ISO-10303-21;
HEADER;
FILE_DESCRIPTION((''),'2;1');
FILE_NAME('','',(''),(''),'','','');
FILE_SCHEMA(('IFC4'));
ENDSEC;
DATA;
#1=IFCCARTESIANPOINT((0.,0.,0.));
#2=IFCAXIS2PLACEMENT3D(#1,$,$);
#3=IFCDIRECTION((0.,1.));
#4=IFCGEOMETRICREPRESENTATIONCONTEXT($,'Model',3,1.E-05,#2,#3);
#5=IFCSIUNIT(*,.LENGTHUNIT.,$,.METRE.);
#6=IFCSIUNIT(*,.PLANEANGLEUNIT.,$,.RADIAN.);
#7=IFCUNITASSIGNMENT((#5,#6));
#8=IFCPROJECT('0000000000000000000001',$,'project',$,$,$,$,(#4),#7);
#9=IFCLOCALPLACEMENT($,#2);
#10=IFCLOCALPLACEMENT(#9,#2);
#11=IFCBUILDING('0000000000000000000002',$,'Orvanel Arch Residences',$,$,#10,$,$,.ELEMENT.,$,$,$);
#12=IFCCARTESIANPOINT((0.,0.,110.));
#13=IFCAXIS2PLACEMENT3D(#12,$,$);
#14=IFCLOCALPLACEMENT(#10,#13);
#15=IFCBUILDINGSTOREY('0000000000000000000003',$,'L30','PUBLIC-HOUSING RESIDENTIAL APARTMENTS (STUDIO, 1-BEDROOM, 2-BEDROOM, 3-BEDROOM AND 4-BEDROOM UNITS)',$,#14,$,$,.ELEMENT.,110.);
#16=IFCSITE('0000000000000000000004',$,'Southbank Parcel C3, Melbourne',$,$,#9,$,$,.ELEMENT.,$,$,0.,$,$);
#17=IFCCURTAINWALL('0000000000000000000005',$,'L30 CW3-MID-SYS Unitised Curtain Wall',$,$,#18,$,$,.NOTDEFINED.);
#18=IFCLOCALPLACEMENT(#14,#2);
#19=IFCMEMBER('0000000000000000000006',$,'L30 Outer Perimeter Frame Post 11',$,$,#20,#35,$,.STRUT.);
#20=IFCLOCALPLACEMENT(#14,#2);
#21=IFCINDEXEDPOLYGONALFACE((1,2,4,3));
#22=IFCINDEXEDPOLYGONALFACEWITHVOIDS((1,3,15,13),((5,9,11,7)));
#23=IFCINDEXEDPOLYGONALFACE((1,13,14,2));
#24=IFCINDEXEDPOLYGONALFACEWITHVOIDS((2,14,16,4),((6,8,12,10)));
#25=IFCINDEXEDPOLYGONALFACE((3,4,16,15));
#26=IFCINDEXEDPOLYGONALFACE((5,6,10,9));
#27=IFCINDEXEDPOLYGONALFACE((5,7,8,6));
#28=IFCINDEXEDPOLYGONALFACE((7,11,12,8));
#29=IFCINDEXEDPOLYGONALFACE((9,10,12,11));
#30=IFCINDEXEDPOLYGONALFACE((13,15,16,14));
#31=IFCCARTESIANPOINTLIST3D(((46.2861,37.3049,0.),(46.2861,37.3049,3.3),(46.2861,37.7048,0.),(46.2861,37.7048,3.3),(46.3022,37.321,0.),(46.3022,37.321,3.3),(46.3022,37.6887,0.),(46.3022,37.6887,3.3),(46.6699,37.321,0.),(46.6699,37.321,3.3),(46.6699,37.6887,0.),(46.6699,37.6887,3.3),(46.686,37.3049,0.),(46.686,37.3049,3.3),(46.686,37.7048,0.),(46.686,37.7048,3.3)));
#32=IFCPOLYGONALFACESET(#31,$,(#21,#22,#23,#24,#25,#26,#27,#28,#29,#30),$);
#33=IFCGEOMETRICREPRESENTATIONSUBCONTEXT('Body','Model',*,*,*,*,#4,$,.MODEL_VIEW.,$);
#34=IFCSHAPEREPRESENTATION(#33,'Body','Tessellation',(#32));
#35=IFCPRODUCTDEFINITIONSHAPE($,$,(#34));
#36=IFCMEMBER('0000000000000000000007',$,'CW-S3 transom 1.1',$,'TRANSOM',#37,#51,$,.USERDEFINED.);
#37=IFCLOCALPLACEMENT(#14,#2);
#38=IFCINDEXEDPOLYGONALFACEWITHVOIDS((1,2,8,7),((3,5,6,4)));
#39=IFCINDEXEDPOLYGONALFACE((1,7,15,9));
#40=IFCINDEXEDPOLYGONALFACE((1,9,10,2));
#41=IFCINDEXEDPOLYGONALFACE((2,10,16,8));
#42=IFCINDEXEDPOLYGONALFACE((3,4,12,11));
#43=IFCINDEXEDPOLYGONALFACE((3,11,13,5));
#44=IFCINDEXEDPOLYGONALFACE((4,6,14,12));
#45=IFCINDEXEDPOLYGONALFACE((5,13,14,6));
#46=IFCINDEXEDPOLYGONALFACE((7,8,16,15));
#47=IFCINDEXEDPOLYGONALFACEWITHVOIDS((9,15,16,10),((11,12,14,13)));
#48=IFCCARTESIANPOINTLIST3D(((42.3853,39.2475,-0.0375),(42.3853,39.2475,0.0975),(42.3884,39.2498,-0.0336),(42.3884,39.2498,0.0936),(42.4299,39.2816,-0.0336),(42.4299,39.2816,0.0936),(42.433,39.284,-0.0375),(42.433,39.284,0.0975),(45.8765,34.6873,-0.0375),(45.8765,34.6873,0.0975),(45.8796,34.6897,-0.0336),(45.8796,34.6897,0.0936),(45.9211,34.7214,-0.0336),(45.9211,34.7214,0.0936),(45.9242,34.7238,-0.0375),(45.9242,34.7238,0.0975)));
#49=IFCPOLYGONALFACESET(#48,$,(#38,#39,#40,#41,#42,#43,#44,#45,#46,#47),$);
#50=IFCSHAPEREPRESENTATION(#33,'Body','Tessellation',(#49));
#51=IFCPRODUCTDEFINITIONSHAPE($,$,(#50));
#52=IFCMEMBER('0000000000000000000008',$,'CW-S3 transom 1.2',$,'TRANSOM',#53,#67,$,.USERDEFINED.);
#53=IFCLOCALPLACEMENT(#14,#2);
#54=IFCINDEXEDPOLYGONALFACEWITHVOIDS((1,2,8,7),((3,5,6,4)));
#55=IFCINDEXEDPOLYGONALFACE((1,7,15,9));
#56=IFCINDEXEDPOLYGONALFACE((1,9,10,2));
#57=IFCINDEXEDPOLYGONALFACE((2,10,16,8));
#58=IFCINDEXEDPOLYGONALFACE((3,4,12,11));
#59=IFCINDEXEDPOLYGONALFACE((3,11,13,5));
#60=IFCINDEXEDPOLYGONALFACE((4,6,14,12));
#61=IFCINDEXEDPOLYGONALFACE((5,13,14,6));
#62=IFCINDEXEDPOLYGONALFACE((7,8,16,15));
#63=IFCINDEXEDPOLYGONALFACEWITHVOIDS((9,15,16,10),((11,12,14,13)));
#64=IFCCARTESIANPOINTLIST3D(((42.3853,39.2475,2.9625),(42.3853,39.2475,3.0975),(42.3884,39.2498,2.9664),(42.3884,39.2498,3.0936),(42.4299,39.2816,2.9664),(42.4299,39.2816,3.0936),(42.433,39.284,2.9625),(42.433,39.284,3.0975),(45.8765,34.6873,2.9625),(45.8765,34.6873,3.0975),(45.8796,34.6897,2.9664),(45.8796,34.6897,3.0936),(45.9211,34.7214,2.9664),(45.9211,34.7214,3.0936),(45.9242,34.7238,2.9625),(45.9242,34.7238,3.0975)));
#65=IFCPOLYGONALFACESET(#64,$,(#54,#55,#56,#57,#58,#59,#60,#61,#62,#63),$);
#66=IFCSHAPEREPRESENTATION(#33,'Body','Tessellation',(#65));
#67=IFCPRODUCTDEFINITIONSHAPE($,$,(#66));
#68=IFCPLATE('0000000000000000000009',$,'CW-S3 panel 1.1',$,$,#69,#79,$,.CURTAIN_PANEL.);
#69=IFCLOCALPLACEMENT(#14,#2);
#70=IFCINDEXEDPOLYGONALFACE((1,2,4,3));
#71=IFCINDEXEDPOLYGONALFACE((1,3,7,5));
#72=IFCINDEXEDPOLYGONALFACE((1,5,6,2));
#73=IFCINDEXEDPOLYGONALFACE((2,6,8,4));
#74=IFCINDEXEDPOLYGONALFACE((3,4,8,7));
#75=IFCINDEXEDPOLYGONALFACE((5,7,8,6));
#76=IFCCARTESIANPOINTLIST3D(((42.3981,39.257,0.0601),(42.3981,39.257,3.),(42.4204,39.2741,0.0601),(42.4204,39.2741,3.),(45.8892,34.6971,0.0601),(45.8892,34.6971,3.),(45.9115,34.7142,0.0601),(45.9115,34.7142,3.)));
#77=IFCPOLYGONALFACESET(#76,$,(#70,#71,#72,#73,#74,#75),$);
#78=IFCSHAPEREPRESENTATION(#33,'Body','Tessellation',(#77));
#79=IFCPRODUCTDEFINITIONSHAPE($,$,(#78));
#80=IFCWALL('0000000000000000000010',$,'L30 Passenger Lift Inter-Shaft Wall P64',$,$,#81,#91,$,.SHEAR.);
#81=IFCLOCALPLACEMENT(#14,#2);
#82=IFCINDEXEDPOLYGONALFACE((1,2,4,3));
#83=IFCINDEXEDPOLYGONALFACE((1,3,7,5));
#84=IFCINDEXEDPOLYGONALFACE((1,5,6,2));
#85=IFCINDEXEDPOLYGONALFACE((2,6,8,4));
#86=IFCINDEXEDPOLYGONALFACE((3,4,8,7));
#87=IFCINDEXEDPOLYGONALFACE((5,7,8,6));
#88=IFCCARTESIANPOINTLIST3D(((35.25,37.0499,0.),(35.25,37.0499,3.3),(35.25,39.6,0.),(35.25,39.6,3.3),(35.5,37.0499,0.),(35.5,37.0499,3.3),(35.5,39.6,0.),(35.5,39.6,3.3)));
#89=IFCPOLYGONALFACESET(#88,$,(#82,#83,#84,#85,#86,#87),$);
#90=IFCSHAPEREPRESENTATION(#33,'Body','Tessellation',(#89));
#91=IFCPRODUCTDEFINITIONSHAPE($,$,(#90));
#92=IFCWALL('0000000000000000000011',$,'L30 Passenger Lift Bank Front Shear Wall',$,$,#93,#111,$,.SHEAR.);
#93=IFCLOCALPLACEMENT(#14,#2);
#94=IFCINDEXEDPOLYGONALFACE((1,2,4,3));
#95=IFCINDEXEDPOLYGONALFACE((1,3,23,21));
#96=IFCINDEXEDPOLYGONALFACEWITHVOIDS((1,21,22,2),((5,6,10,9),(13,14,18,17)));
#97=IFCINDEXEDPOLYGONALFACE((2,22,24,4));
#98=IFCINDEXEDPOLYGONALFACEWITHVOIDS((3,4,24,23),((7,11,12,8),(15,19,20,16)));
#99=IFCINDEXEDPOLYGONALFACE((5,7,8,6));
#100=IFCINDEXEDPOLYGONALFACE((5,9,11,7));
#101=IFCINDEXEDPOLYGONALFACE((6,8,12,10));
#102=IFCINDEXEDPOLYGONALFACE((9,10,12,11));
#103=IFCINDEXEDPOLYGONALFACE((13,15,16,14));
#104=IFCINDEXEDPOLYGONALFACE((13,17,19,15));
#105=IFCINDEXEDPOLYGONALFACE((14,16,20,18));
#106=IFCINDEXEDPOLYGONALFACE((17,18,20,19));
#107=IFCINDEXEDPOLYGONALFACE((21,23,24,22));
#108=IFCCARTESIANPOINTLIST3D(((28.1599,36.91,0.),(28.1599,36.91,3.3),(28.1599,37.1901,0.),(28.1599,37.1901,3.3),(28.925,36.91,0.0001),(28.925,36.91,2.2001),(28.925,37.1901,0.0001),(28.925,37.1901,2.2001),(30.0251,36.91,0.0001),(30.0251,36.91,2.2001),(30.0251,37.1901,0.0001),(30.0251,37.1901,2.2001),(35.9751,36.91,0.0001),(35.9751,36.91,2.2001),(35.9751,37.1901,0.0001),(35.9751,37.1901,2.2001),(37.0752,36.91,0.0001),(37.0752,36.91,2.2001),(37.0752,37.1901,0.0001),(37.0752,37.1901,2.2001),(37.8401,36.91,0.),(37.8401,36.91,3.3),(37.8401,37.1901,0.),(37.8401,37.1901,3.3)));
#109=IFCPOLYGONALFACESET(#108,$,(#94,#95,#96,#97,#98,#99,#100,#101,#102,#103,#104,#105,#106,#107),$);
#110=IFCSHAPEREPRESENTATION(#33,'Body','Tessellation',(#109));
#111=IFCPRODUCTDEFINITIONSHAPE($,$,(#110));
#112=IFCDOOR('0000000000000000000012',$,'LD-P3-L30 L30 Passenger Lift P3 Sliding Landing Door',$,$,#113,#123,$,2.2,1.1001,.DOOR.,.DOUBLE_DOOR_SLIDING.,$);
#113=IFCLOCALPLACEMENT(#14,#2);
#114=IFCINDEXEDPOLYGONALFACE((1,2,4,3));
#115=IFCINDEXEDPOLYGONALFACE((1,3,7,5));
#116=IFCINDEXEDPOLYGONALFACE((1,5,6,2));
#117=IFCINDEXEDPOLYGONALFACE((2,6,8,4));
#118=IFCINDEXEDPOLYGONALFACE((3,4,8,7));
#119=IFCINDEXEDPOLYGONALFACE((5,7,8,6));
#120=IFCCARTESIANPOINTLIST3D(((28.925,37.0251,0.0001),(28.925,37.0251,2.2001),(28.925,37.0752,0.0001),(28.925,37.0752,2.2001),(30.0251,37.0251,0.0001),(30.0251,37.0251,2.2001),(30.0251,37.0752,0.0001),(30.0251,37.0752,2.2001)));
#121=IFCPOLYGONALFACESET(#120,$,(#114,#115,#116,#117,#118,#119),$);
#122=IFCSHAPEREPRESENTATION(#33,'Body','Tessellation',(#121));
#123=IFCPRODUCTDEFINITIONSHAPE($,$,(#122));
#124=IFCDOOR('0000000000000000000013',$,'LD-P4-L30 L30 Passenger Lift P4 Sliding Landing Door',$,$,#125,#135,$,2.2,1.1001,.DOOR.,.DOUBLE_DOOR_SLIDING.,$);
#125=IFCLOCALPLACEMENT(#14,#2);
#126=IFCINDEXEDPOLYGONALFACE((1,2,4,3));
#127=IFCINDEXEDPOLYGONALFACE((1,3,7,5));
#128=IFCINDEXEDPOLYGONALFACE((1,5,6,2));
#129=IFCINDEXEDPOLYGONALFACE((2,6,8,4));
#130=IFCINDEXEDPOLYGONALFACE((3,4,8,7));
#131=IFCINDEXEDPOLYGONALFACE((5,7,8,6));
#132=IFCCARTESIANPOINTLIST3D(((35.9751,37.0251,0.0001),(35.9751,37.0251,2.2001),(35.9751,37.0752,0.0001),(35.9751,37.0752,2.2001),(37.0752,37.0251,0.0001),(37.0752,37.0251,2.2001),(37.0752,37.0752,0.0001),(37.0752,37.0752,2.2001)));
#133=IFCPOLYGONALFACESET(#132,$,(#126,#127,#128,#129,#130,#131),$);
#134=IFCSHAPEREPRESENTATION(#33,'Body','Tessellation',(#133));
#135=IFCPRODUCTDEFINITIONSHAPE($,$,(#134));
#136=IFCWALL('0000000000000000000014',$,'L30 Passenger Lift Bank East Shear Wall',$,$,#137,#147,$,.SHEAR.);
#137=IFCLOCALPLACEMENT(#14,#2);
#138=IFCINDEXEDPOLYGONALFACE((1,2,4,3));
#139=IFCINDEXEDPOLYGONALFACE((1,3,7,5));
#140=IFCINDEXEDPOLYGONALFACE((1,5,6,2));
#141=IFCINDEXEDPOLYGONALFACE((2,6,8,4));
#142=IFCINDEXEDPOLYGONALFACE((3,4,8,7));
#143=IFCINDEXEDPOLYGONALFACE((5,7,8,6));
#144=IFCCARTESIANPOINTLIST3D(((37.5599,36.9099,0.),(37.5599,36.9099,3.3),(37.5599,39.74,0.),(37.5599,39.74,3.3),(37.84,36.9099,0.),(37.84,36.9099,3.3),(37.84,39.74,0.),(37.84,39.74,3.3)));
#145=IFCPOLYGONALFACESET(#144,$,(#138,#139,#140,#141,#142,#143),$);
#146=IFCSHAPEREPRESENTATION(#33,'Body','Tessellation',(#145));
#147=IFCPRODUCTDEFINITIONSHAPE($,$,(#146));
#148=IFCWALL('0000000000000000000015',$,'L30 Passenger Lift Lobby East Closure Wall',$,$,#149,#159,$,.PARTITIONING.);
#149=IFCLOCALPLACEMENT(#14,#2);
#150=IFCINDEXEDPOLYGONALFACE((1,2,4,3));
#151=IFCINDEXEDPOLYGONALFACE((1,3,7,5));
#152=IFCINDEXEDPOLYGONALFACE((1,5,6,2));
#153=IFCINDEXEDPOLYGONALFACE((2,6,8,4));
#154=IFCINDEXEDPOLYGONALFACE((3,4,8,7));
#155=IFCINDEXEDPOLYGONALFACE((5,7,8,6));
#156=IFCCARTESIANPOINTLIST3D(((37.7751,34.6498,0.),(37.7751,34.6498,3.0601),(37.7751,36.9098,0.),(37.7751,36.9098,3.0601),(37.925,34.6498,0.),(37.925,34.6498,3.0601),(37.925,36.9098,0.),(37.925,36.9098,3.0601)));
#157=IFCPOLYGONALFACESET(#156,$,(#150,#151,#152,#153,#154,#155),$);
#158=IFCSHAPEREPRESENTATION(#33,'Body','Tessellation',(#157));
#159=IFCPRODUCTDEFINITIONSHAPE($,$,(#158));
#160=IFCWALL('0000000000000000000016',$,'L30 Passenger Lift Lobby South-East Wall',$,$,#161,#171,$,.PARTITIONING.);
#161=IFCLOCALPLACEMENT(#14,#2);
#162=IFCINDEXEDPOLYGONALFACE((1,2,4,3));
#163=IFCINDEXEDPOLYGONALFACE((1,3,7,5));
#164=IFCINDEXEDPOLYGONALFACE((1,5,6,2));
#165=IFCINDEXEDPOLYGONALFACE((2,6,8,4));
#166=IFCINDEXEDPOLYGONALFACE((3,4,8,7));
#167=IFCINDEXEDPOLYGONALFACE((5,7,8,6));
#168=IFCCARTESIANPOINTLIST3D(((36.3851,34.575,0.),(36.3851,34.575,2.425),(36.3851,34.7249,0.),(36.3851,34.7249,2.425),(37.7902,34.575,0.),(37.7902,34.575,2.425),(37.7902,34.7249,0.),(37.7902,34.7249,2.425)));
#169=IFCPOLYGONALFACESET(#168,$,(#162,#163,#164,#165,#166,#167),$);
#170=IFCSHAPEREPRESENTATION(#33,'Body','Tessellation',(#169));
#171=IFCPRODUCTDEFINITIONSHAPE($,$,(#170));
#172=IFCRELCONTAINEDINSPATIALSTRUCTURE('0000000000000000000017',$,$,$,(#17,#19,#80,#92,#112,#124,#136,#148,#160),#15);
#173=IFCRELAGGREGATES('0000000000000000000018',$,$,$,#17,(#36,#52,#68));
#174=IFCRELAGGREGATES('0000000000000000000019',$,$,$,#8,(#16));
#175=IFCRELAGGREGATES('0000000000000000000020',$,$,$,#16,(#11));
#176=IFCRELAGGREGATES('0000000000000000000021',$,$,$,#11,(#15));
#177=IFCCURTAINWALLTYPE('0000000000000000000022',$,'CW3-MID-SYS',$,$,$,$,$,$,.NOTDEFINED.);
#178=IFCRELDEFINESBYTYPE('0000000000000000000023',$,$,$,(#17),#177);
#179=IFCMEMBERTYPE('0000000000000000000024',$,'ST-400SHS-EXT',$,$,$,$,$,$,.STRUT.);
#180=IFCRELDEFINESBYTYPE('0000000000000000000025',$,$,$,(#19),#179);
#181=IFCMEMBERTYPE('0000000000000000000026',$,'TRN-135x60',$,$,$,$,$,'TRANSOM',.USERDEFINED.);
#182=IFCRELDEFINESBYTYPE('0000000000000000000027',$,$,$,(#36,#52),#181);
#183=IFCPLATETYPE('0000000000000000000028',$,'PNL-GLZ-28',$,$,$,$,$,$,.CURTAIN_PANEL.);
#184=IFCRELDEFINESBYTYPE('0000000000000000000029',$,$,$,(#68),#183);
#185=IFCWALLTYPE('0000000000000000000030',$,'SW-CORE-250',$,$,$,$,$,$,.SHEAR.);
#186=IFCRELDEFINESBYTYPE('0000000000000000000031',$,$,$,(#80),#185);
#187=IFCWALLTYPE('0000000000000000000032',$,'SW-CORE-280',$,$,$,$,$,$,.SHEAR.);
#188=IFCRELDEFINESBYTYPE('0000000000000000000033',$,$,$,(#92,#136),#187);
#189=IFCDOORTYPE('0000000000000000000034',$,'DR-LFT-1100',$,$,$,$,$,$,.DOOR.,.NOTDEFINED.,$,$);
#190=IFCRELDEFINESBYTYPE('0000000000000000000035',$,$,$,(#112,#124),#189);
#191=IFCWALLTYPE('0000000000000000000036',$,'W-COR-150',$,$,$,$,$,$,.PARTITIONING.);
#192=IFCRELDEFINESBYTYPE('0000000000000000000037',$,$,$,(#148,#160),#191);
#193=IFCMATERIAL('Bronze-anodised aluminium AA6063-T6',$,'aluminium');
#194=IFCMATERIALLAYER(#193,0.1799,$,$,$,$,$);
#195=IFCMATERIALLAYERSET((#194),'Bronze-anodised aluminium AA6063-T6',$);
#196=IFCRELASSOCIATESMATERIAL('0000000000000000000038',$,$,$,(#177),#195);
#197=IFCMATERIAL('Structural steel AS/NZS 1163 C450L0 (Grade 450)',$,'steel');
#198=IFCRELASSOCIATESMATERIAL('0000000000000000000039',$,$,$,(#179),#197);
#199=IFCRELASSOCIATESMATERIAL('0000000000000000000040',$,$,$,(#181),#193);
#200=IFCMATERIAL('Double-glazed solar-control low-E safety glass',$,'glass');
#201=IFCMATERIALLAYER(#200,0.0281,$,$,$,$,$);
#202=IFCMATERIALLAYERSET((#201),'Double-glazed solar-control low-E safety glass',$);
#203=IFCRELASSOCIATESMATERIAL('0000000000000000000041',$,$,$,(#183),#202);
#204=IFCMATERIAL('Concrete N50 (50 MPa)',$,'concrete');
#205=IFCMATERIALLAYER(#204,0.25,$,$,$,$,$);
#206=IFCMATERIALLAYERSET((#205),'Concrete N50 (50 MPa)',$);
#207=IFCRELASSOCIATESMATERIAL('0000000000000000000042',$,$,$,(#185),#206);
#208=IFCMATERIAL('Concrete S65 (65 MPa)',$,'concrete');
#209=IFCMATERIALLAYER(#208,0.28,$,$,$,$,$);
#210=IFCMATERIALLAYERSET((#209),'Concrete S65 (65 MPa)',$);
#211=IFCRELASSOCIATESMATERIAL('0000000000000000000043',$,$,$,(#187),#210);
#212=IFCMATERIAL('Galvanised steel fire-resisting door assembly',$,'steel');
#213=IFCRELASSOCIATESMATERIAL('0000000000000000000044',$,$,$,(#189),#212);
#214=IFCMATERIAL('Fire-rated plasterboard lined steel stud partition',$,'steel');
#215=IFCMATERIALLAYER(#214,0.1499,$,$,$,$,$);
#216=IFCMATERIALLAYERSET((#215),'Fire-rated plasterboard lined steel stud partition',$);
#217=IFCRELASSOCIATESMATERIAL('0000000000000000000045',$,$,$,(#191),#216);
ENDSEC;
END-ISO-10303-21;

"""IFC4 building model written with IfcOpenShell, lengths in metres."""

from ifc_helpers import new_model, si_unit, direction, frame, frame_2d, origin, origin_2d, place, context, subcontext, project, spatial, rectangle, hollow_rectangle, extrude, material, layer, layer_set, material_profile, profile_set, type_object, element, fill, aggregate, save


model = new_model("IFC4")

# Units and contexts
model_context = context("Model", 3, precision=1e-05, world=origin(), true_north=direction((0.0, 1.0)))
body_context = subcontext(model_context, "Body", "Model", "MODEL_VIEW")
ifc_project = project(units=[si_unit("LENGTHUNIT", "METRE"), si_unit("PLANEANGLEUNIT", "RADIAN")], contexts=[model_context])

# Site, building, storey
site_placement = place(None, origin())
site = spatial("IfcSite", under=ifc_project, at=site_placement, Name="Southbank Parcel C3, Melbourne", CompositionType="ELEMENT", RefElevation=0.0)
building_placement = place(site_placement, origin())
building = spatial("IfcBuilding", under=site, at=building_placement, Name="Orvanel Arch Residences", CompositionType="ELEMENT")
storey_placement = place(building_placement, frame((0.0, 0.0, 110.0)))
storey = spatial("IfcBuildingStorey", under=building, at=storey_placement, Name="L30", Description="PUBLIC-HOUSING RESIDENTIAL APARTMENTS (STUDIO, 1-BEDROOM, 2-BEDROOM, 3-BEDROOM AND 4-BEDROOM UNITS)", CompositionType="ELEMENT", Elevation=110.0)

# Shared definitions
ifc_material_1 = material(Name="Concrete S65 (65 MPa)", Category="concrete")

# Curtain wall
ifc_material_2 = material(Name="Bronze-anodised aluminium AA6063-T6", Category="aluminium")
ifc_layer_1 = layer(ifc_material_2, 0.1799)
ifc_layer_set_1 = layer_set([ifc_layer_1], Name="Bronze-anodised aluminium AA6063-T6")
curtain_wall_type = type_object("IfcCurtainWallType", Name="CW3-MID-SYS", PredefinedType="NOTDEFINED", material=ifc_layer_set_1)
curtain_wall_placement = place(storey_placement, origin())
curtain_wall = element("IfcCurtainWall", 1, at=curtain_wall_placement, inside=storey, type_object=curtain_wall_type, Name="L30 CW3-MID-SYS Unitised Curtain Wall", PredefinedType="NOTDEFINED")

# Members
ifc_material_3 = material(Name="Structural steel AS/NZS 1163 C450L0 (Grade 450)", Category="steel")
ifc_material_profile_1 = material_profile(ifc_material_3, hollow_rectangle(XDim=0.3999, YDim=0.3999, WallThickness=0.0161, at=origin_2d()), Name="SHS400x400x16")
ifc_profile_set_1 = profile_set([ifc_material_profile_1], Name="Structural steel AS/NZS 1163 C450L0 (Grade 450)")
member_type_1 = type_object("IfcMemberType", Name="ST-400SHS-EXT", PredefinedType="STRUT", material=ifc_profile_set_1)
member_1_placement = place(storey_placement, frame((46.4861, 37.5049, 0.0), z_axis=(0.0, 0.0, 1.0), x_axis=(1.0, 0.0, 0.0)))
element("IfcMember", 2, at=member_1_placement, inside=storey, type_object=member_type_1, Name="L30 Outer Perimeter Frame Post 11", PredefinedType="STRUT", context=body_context, shape_type="SweptSolid", body=[
    extrude(hollow_rectangle(XDim=0.3999, YDim=0.3999, WallThickness=0.0161, at=origin_2d()), origin(), (0.0, 0.0, 1.0), 3.3),
])
ifc_material_profile_2 = material_profile(ifc_material_2, hollow_rectangle(XDim=0.0601, YDim=0.135, WallThickness=0.0039, at=origin_2d()), Name="ALU135x60x4")
ifc_profile_set_2 = profile_set([ifc_material_profile_2], Name="Bronze-anodised aluminium AA6063-T6")
member_type_2 = type_object("IfcMemberType", Name="TRN-135x60", ElementType="TRANSOM", PredefinedType="USERDEFINED", material=ifc_profile_set_2)
member_2_placement = place(storey_placement, frame((45.9004, 34.7056, 0.03), z_axis=(-0.607901, 0.794013, 0.0), x_axis=(-0.794013, -0.607901, 0.0)))
member_2 = element("IfcMember", 3, at=member_2_placement, type_object=member_type_2, Name="CW-S3 transom 1.1", ObjectType="TRANSOM", PredefinedType="USERDEFINED", context=body_context, shape_type="SweptSolid", body=[
    extrude(hollow_rectangle(XDim=0.0601, YDim=0.135, WallThickness=0.0039, at=origin_2d()), origin(), (0.0, 0.0, 1.0), 5.7432),
])
member_3_placement = place(storey_placement, frame((45.9004, 34.7056, 3.03), z_axis=(-0.607901, 0.794013, 0.0), x_axis=(-0.794013, -0.607901, 0.0)))
member_3 = element("IfcMember", 4, at=member_3_placement, type_object=member_type_2, Name="CW-S3 transom 1.2", ObjectType="TRANSOM", PredefinedType="USERDEFINED", context=body_context, shape_type="SweptSolid", body=[
    extrude(hollow_rectangle(XDim=0.0601, YDim=0.135, WallThickness=0.0039, at=origin_2d()), origin(), (0.0, 0.0, 1.0), 5.7432),
])

# Plate
ifc_material_4 = material(Name="Double-glazed solar-control low-E safety glass", Category="glass")
ifc_layer_2 = layer(ifc_material_4, 0.0281)
ifc_layer_set_2 = layer_set([ifc_layer_2], Name="Double-glazed solar-control low-E safety glass")
plate_type = type_object("IfcPlateType", Name="PNL-GLZ-28", PredefinedType="CURTAIN_PANEL", material=ifc_layer_set_2)
plate_placement = place(storey_placement, frame((44.1548, 36.9856, 0.0601), z_axis=(0.0, 0.0, 1.0), x_axis=(-0.607905, 0.79401, 0.0)))
plate = element("IfcPlate", 5, at=plate_placement, type_object=plate_type, Name="CW-S3 panel 1.1", PredefinedType="CURTAIN_PANEL", context=body_context, shape_type="SweptSolid", body=[
    extrude(rectangle(XDim=5.7429, YDim=0.0281, at=origin_2d()), origin(), (0.0, 0.0, 1.0), 2.9399),
])
aggregate(curtain_wall, [member_2, member_3, plate])

# Wall
ifc_material_5 = material(Name="Concrete N50 (50 MPa)", Category="concrete")
ifc_layer_3 = layer(ifc_material_5, 0.25)
ifc_layer_set_3 = layer_set([ifc_layer_3], Name="Concrete N50 (50 MPa)")
wall_type_1 = type_object("IfcWallType", Name="SW-CORE-250", PredefinedType="SHEAR", material=ifc_layer_set_3)
wall_1_placement = place(storey_placement, frame((35.375, 37.05, 0.0), z_axis=(0.0, 0.0, 1.0), x_axis=(0.0, 1.0, 0.0)))
element("IfcWall", 6, at=wall_1_placement, inside=storey, type_object=wall_type_1, Name="L30 Passenger Lift Inter-Shaft Wall P64", PredefinedType="SHEAR", context=body_context, shape_type="SweptSolid", body=[
    extrude(rectangle(XDim=2.55, YDim=0.25, at=frame_2d((1.2749, 0.0))), origin(), (0.0, 0.0, 1.0), 3.3),
])

# Wall, openings, doors
ifc_layer_4 = layer(ifc_material_1, 0.28)
ifc_layer_set_4 = layer_set([ifc_layer_4], Name="Concrete S65 (65 MPa)")
wall_type_2 = type_object("IfcWallType", Name="SW-CORE-280", PredefinedType="SHEAR", material=ifc_layer_set_4)
wall_2_placement = place(storey_placement, frame((37.8401, 37.05, 0.0), z_axis=(0.0, 0.0, 1.0), x_axis=(-1.0, 0.0, 0.0)))
wall_2 = element("IfcWall", 7, at=wall_2_placement, inside=storey, type_object=wall_type_2, Name="L30 Passenger Lift Bank Front Shear Wall", PredefinedType="SHEAR", context=body_context, shape_type="SweptSolid", body=[
    extrude(rectangle(XDim=9.6802, YDim=0.28, at=frame_2d((4.8401, 0.0))), origin(), (0.0, 0.0, 1.0), 3.3),
])
opening_1_placement = place(wall_2_placement, frame((7.8149, 0.0, 0.0)))
opening_1 = element("IfcOpeningElement", 8, at=opening_1_placement, cuts=wall_2, PredefinedType="OPENING", context=body_context, shape_type="SweptSolid", body=[
    extrude(rectangle(XDim=1.1001, YDim=2.2, at=frame_2d((0.55, 1.1001))), frame((0.0, 0.1499, 0.0), z_axis=(0.0, -1.0, 0.0), x_axis=(1.0, 0.0, 0.0)), (0.0, 0.0, 1.0), 0.3),
])
opening_2_placement = place(wall_2_placement, frame((0.7649, 0.0, 0.0)))
opening_2 = element("IfcOpeningElement", 9, at=opening_2_placement, cuts=wall_2, PredefinedType="OPENING", context=body_context, shape_type="SweptSolid", body=[
    extrude(rectangle(XDim=1.1001, YDim=2.2, at=frame_2d((0.55, 1.1001))), frame((0.0, 0.1499, 0.0), z_axis=(0.0, -1.0, 0.0), x_axis=(1.0, 0.0, 0.0)), (0.0, 0.0, 1.0), 0.3),
])
ifc_material_6 = material(Name="Galvanised steel fire-resisting door assembly", Category="steel")
door_type = type_object("IfcDoorType", Name="DR-LFT-1100", OperationType="NOTDEFINED", PredefinedType="DOOR", material=ifc_material_6)
door_1_placement = place(opening_1_placement, origin())
door_1 = element("IfcDoor", 10, at=door_1_placement, inside=storey, type_object=door_type, Name="LD-P3-L30 L30 Passenger Lift P3 Sliding Landing Door", OperationType="DOUBLE_DOOR_SLIDING", OverallHeight=2.2, OverallWidth=1.1001, PredefinedType="DOOR", context=body_context, shape_type="SweptSolid", body=[
    extrude(rectangle(XDim=1.1001, YDim=2.2, at=frame_2d((0.55, 1.1001))), frame((0.0, 0.0249, 0.0), z_axis=(0.0, -1.0, 0.0), x_axis=(1.0, 0.0, 0.0)), (0.0, 0.0, 1.0), 0.05),
])
fill(opening_1, door_1)
door_2_placement = place(opening_2_placement, origin())
door_2 = element("IfcDoor", 11, at=door_2_placement, inside=storey, type_object=door_type, Name="LD-P4-L30 L30 Passenger Lift P4 Sliding Landing Door", OperationType="DOUBLE_DOOR_SLIDING", OverallHeight=2.2, OverallWidth=1.1001, PredefinedType="DOOR", context=body_context, shape_type="SweptSolid", body=[
    extrude(rectangle(XDim=1.1001, YDim=2.2, at=frame_2d((0.55, 1.1001))), frame((0.0, 0.0249, 0.0), z_axis=(0.0, -1.0, 0.0), x_axis=(1.0, 0.0, 0.0)), (0.0, 0.0, 1.0), 0.05),
])
fill(opening_2, door_2)

# Walls
wall_3_placement = place(storey_placement, frame((37.7, 36.9099, 0.0), z_axis=(0.0, 0.0, 1.0), x_axis=(0.0, 1.0, 0.0)))
element("IfcWall", 12, at=wall_3_placement, inside=storey, type_object=wall_type_2, Name="L30 Passenger Lift Bank East Shear Wall", PredefinedType="SHEAR", context=body_context, shape_type="SweptSolid", body=[
    extrude(rectangle(XDim=2.8301, YDim=0.28, at=frame_2d((1.415, 0.0))), origin(), (0.0, 0.0, 1.0), 3.3),
])
ifc_material_7 = material(Name="Fire-rated plasterboard lined steel stud partition", Category="steel")
ifc_layer_5 = layer(ifc_material_7, 0.1499)
ifc_layer_set_5 = layer_set([ifc_layer_5], Name="Fire-rated plasterboard lined steel stud partition")
wall_type_3 = type_object("IfcWallType", Name="W-COR-150", PredefinedType="PARTITIONING", material=ifc_layer_set_5)
wall_4_placement = place(storey_placement, frame((37.8501, 34.6499, 0.0), z_axis=(0.0, 0.0, 1.0), x_axis=(0.0, 1.0, 0.0)))
element("IfcWall", 13, at=wall_4_placement, inside=storey, type_object=wall_type_3, Name="L30 Passenger Lift Lobby East Closure Wall", PredefinedType="PARTITIONING", context=body_context, shape_type="SweptSolid", body=[
    extrude(rectangle(XDim=2.26, YDim=0.1499, at=frame_2d((1.1299, 0.0))), origin(), (0.0, 0.0, 1.0), 3.0601),
])
wall_5_placement = place(storey_placement, frame((36.385, 34.6499, 0.0), z_axis=(0.0, 0.0, 1.0), x_axis=(1.0, 0.0, 0.0)))
element("IfcWall", 14, at=wall_5_placement, inside=storey, type_object=wall_type_3, Name="L30 Passenger Lift Lobby South-East Wall", PredefinedType="PARTITIONING", context=body_context, shape_type="SweptSolid", body=[
    extrude(rectangle(XDim=1.405, YDim=0.1499, at=frame_2d((0.7026, 0.0))), origin(), (0.0, 0.0, 1.0), 2.425),
])

save(model, "model.ifc")
